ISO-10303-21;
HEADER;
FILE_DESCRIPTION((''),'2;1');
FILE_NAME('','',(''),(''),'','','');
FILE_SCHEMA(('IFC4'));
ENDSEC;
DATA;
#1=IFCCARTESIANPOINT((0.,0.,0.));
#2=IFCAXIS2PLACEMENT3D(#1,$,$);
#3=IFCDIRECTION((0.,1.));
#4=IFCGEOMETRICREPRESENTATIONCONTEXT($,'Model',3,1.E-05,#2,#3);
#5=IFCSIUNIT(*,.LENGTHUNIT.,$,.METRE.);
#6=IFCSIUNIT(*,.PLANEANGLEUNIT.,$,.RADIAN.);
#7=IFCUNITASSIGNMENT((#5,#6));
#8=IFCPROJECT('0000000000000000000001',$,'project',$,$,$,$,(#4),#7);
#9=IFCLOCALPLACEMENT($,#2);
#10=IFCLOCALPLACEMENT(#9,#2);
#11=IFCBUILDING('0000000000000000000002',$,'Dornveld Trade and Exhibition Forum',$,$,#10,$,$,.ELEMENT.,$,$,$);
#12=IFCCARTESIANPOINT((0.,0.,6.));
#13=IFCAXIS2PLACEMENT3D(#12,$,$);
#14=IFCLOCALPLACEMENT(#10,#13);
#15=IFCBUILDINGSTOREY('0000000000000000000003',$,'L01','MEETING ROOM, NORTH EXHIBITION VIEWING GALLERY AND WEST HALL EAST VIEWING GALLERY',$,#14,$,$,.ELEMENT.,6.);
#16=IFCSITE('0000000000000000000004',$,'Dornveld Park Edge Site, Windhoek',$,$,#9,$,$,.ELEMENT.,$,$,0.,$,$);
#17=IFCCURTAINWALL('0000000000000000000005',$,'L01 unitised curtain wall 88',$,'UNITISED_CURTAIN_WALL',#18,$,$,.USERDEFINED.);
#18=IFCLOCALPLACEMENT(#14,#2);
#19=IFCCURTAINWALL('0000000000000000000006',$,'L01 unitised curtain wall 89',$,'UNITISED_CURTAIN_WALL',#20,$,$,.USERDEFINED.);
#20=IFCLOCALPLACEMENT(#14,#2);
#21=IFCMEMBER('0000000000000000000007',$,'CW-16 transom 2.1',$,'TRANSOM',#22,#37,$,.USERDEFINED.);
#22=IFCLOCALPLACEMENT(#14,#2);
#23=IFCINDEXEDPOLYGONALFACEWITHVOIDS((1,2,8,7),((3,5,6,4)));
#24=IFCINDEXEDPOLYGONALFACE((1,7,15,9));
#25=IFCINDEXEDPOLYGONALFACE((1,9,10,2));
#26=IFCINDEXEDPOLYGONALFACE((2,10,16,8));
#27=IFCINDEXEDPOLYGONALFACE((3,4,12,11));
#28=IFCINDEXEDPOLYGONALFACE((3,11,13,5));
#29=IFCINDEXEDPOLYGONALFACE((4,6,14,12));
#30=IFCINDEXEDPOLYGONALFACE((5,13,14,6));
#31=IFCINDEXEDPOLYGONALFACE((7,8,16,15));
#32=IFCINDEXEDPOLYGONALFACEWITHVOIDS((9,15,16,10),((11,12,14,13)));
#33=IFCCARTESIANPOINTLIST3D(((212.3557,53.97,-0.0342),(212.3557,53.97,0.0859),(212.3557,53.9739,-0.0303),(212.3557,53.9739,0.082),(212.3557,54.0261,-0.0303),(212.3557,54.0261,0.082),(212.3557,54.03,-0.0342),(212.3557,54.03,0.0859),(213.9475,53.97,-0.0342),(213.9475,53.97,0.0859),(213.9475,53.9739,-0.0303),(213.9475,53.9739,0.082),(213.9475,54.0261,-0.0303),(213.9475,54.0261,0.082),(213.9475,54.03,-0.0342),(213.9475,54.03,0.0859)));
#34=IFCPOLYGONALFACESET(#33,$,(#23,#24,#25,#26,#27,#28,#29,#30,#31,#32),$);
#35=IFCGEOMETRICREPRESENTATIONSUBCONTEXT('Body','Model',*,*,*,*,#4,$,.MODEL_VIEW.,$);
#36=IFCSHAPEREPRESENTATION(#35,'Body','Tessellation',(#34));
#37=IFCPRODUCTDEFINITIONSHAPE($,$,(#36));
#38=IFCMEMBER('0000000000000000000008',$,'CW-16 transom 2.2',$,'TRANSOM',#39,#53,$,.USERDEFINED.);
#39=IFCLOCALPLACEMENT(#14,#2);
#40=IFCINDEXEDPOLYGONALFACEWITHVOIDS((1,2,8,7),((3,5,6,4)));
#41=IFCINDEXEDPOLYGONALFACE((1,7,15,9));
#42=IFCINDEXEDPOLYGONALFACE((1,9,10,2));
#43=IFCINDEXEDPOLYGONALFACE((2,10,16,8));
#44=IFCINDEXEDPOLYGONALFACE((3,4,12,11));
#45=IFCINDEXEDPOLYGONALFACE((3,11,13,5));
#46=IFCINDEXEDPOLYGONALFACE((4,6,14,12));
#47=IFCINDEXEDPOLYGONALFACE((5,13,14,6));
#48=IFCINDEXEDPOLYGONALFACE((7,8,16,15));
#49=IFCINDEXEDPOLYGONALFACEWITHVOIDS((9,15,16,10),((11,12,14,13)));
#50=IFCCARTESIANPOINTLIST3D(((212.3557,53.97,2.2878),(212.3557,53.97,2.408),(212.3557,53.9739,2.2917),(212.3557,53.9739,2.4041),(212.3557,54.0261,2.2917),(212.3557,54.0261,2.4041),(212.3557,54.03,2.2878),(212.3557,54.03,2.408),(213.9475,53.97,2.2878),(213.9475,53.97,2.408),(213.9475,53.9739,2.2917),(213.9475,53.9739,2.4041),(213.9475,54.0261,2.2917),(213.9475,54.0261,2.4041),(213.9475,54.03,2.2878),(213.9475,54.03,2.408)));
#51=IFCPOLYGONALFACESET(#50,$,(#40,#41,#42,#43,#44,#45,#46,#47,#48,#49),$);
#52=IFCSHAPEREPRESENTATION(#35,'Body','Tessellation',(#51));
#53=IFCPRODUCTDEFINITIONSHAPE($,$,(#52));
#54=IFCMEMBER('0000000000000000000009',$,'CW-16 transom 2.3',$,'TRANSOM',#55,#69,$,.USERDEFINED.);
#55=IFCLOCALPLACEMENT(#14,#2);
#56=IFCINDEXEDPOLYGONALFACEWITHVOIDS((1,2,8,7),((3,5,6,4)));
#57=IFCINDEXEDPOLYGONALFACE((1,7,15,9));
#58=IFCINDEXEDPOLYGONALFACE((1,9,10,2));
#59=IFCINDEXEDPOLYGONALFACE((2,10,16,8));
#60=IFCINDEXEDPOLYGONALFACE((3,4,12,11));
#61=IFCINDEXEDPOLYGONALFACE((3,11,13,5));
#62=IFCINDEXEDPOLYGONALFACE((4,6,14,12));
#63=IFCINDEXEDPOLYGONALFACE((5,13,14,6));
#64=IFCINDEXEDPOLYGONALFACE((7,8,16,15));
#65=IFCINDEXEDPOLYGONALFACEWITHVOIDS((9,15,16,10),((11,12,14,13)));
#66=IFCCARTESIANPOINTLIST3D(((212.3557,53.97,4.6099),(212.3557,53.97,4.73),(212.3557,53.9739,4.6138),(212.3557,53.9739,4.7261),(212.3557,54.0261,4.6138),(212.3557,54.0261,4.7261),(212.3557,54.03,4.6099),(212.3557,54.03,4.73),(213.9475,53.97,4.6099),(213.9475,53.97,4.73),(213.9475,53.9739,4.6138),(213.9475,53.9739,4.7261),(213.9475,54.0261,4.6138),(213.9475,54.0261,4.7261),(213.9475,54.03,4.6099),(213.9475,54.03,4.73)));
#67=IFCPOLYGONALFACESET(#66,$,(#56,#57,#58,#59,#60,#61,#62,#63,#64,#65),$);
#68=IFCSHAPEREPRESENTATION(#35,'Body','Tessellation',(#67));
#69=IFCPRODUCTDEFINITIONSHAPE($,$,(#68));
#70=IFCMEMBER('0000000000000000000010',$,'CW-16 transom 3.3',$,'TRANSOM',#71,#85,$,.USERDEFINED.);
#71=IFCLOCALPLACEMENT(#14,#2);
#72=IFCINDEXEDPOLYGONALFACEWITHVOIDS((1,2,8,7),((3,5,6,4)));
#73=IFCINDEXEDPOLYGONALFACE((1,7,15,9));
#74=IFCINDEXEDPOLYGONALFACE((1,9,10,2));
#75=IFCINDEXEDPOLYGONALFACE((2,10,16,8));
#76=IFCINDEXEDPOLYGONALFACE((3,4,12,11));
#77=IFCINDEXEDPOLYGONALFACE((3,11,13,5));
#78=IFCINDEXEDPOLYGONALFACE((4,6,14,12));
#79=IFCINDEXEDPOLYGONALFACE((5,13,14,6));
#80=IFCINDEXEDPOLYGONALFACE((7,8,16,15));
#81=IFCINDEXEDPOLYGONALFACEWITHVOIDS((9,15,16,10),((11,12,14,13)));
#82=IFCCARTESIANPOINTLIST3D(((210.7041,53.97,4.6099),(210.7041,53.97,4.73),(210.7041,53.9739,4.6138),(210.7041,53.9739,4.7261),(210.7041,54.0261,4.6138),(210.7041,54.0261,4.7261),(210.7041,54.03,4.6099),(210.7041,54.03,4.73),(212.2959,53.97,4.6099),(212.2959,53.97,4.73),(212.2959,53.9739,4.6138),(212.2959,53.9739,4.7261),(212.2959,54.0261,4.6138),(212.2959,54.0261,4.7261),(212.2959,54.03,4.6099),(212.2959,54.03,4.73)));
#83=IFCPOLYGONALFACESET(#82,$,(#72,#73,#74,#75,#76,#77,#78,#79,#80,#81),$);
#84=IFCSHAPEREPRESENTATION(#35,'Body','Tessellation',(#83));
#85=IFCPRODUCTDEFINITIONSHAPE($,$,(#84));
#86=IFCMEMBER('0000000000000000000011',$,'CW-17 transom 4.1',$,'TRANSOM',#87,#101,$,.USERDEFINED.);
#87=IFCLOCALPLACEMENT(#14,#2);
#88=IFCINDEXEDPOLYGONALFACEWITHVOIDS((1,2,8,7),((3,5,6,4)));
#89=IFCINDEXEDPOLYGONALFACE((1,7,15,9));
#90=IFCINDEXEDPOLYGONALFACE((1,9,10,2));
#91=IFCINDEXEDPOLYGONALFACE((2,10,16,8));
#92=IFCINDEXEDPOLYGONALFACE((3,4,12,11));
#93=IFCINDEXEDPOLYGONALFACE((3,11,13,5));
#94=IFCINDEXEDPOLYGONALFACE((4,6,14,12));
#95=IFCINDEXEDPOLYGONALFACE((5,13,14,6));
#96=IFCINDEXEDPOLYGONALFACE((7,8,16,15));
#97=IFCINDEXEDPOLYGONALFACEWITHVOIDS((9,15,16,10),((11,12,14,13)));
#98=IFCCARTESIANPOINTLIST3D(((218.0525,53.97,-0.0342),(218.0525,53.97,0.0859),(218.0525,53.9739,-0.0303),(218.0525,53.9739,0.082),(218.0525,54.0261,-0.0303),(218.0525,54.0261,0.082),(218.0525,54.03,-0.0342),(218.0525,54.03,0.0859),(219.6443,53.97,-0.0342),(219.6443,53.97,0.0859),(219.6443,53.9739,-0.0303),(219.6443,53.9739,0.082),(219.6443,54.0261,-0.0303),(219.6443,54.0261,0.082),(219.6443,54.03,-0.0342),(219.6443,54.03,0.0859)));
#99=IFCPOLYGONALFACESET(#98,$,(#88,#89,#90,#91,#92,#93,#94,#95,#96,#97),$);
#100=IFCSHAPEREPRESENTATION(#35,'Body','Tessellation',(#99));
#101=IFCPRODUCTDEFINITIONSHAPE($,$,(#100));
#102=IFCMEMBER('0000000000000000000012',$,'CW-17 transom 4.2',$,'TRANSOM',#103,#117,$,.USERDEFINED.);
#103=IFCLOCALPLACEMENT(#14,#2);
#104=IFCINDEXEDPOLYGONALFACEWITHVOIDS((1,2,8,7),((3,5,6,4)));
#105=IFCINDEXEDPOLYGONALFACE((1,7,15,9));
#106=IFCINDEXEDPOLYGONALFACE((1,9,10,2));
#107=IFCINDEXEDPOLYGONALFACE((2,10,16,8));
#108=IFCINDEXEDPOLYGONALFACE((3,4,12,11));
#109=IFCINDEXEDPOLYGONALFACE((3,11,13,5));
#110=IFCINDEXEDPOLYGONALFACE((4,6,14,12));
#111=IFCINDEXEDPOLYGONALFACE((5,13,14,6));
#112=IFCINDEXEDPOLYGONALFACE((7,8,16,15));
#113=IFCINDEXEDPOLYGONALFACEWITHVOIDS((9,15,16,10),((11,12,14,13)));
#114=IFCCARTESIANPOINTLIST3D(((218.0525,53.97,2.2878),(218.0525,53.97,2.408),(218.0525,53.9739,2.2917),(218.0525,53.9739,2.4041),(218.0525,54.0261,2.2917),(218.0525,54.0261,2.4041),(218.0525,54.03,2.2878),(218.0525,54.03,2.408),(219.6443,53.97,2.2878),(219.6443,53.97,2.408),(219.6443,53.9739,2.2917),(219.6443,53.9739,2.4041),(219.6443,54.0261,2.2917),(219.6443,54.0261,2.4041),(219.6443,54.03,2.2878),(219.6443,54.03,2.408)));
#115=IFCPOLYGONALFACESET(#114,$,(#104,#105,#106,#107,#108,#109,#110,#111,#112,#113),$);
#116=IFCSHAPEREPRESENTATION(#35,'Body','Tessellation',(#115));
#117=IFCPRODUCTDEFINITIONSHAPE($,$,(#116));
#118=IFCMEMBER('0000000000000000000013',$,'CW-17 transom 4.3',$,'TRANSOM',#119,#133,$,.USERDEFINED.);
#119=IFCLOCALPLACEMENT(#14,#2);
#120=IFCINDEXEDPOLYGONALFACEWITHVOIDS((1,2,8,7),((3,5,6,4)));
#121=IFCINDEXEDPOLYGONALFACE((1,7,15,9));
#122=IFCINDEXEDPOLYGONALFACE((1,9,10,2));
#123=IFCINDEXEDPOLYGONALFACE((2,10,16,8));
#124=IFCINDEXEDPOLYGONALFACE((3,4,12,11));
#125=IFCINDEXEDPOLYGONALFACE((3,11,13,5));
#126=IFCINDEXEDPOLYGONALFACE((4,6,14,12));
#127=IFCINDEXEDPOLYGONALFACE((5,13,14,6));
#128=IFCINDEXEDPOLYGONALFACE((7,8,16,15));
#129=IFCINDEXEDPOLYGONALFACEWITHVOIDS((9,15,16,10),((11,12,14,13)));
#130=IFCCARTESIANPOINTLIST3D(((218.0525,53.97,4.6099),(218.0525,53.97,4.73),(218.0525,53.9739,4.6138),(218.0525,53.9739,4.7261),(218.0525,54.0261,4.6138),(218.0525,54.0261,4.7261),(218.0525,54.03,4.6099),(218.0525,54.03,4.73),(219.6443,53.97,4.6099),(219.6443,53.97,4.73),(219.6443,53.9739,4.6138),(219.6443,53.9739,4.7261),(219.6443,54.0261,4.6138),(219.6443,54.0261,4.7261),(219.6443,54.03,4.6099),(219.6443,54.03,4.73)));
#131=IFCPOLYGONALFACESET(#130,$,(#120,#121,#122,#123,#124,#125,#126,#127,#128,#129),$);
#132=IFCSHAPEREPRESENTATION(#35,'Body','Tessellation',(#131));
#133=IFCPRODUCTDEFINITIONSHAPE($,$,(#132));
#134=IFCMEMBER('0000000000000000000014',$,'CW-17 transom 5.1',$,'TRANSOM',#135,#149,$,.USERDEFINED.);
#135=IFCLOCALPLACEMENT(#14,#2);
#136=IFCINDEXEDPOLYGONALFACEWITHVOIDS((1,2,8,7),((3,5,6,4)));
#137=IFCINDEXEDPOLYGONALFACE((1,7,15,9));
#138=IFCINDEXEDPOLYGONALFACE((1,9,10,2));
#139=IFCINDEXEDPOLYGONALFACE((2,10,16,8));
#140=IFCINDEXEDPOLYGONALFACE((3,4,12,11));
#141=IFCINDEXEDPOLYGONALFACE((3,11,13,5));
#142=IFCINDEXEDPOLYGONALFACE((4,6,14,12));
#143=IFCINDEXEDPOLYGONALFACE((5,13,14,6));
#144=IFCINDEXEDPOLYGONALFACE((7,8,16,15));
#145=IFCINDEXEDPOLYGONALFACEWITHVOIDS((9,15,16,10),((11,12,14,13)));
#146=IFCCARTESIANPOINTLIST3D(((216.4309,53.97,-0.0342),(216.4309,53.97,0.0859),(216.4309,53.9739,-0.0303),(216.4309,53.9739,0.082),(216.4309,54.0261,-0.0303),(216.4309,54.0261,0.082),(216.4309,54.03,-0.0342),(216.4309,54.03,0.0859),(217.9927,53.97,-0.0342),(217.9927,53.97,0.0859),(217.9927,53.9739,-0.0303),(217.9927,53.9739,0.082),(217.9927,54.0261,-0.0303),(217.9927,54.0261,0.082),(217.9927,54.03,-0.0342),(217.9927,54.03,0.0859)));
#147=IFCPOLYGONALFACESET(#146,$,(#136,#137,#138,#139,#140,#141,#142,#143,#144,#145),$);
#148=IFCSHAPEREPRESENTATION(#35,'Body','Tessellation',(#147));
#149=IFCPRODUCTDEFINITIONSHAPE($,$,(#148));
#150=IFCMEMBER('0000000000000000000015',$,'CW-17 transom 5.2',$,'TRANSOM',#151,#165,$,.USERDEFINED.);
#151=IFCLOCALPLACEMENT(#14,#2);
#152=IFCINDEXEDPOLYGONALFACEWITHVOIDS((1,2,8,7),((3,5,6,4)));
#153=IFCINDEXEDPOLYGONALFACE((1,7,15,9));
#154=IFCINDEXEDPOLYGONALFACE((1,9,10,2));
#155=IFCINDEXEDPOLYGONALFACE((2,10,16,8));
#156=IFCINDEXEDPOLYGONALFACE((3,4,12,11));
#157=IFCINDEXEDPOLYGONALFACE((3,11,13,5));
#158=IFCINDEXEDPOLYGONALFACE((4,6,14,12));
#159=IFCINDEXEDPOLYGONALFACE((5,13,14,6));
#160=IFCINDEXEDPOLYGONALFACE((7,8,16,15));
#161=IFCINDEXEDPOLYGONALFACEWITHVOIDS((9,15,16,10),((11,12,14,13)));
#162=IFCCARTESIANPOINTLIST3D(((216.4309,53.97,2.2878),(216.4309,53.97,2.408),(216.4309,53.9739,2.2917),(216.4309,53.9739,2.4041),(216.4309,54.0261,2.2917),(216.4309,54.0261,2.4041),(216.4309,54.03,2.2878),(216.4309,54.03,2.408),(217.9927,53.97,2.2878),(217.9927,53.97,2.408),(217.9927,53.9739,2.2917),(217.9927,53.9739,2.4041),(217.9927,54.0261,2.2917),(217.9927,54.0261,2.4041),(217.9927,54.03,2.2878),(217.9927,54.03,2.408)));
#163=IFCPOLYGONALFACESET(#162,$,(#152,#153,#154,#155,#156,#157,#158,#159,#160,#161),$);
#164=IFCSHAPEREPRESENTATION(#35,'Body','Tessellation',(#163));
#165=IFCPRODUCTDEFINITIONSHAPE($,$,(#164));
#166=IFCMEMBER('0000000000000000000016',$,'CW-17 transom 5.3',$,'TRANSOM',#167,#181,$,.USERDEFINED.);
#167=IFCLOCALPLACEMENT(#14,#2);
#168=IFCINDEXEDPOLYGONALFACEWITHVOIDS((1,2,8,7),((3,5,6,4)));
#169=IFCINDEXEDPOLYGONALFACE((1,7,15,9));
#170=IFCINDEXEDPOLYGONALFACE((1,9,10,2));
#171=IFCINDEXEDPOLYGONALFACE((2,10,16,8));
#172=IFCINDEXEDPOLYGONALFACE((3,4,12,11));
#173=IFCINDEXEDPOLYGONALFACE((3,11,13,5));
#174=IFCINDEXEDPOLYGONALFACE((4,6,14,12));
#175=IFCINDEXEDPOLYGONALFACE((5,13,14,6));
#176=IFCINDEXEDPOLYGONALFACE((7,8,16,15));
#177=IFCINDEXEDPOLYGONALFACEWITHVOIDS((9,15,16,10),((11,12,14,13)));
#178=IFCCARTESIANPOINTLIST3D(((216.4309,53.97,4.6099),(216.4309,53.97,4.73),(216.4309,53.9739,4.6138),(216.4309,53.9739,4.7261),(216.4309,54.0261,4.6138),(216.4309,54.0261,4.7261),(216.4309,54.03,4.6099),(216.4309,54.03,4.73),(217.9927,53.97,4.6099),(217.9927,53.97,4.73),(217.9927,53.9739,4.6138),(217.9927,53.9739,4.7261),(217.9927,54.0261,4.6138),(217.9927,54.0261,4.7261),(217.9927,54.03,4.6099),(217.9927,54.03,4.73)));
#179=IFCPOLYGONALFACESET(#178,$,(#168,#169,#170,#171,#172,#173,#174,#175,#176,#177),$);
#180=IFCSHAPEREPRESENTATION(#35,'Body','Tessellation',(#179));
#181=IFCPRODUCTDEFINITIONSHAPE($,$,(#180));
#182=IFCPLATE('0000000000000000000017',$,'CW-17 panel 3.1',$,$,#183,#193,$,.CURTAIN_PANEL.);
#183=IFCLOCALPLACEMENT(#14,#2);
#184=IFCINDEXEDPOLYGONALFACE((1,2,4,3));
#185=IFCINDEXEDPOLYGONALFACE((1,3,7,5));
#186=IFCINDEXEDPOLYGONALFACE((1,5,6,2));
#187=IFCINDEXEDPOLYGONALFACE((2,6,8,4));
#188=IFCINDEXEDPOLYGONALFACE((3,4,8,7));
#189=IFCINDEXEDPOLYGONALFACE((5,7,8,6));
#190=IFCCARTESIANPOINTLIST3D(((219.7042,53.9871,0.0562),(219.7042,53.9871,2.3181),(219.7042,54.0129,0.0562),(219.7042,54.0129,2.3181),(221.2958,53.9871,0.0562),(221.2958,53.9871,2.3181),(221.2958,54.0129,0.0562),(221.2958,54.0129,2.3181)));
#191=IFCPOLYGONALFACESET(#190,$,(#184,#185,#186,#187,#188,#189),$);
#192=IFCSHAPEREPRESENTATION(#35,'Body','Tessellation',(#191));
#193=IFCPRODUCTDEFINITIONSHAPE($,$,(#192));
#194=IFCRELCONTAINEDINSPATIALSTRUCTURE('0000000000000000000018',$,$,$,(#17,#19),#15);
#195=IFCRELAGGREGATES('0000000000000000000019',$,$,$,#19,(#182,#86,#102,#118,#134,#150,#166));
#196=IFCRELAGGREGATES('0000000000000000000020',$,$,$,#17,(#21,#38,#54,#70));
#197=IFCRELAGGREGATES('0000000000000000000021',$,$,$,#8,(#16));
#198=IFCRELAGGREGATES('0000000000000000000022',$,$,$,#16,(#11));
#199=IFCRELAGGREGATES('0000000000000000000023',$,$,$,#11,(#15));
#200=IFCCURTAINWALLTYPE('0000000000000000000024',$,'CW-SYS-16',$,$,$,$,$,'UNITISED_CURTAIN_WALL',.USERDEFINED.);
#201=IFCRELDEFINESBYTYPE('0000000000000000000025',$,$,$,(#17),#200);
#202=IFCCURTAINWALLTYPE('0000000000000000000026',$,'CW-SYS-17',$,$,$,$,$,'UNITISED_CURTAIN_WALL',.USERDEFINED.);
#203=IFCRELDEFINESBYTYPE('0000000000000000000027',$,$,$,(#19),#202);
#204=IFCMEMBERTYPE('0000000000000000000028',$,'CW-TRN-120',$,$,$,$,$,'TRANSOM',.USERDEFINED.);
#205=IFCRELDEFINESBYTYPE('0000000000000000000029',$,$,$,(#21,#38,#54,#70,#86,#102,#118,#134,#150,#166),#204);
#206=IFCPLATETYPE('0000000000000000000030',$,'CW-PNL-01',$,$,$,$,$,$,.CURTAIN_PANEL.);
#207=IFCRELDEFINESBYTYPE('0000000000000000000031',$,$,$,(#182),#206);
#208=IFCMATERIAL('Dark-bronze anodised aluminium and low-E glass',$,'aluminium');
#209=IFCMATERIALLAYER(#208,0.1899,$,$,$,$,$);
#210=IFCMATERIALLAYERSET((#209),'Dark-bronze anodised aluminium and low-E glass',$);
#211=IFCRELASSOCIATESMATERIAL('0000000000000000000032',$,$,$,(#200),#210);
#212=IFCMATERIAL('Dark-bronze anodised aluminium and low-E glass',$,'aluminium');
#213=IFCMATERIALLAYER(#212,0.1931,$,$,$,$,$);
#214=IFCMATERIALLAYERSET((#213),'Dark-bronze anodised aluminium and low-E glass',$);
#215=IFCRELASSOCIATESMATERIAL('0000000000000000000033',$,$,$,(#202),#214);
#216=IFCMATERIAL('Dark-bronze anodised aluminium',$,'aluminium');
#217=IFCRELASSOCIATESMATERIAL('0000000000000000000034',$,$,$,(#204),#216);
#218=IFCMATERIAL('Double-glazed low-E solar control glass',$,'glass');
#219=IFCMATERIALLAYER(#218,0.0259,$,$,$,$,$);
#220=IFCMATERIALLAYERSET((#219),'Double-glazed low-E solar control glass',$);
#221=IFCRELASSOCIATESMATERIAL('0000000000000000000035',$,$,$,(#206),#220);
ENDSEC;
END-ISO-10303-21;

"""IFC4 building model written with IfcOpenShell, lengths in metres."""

from ifc_helpers import new_model, si_unit, direction, frame, origin, origin_2d, place, context, subcontext, project, spatial, rectangle, hollow_rectangle, extrude, material, layer, layer_set, material_profile, profile_set, type_object, element, aggregate, save


model = new_model("IFC4")

# Units and contexts
model_context = context("Model", 3, precision=1e-05, world=origin(), true_north=direction((0.0, 1.0)))
body_context = subcontext(model_context, "Body", "Model", "MODEL_VIEW")
ifc_project = project(units=[si_unit("LENGTHUNIT", "METRE"), si_unit("PLANEANGLEUNIT", "RADIAN")], contexts=[model_context])

# Site, building, storey
site_placement = place(None, origin())
site = spatial("IfcSite", under=ifc_project, at=site_placement, Name="Dornveld Park Edge Site, Windhoek", CompositionType="ELEMENT", RefElevation=0.0)
building_placement = place(site_placement, origin())
building = spatial("IfcBuilding", under=site, at=building_placement, Name="Dornveld Trade and Exhibition Forum", CompositionType="ELEMENT")
storey_placement = place(building_placement, frame((0.0, 0.0, 6.0)))
storey = spatial("IfcBuildingStorey", under=building, at=storey_placement, Name="L01", Description="MEETING ROOM, NORTH EXHIBITION VIEWING GALLERY AND WEST HALL EAST VIEWING GALLERY", CompositionType="ELEMENT", Elevation=6.0)

# Curtain walls
ifc_material_1 = material(Name="Dark-bronze anodised aluminium and low-E glass", Category="aluminium")
ifc_layer_1 = layer(ifc_material_1, 0.1899)
ifc_layer_set_1 = layer_set([ifc_layer_1], Name="Dark-bronze anodised aluminium and low-E glass")
curtain_wall_type_1 = type_object("IfcCurtainWallType", Name="CW-SYS-16", ElementType="UNITISED_CURTAIN_WALL", PredefinedType="USERDEFINED", material=ifc_layer_set_1)
curtain_wall_1_placement = place(storey_placement, origin())
curtain_wall_1 = element("IfcCurtainWall", 1, at=curtain_wall_1_placement, inside=storey, type_object=curtain_wall_type_1, Name="L01 unitised curtain wall 88", ObjectType="UNITISED_CURTAIN_WALL", PredefinedType="USERDEFINED")
ifc_material_2 = material(Name="Dark-bronze anodised aluminium and low-E glass", Category="aluminium")
ifc_layer_2 = layer(ifc_material_2, 0.1931)
ifc_layer_set_2 = layer_set([ifc_layer_2], Name="Dark-bronze anodised aluminium and low-E glass")
curtain_wall_type_2 = type_object("IfcCurtainWallType", Name="CW-SYS-17", ElementType="UNITISED_CURTAIN_WALL", PredefinedType="USERDEFINED", material=ifc_layer_set_2)
curtain_wall_2_placement = place(storey_placement, origin())
curtain_wall_2 = element("IfcCurtainWall", 2, at=curtain_wall_2_placement, inside=storey, type_object=curtain_wall_type_2, Name="L01 unitised curtain wall 89", ObjectType="UNITISED_CURTAIN_WALL", PredefinedType="USERDEFINED")

# Members
ifc_material_3 = material(Name="Dark-bronze anodised aluminium", Category="aluminium")
ifc_material_profile_1 = material_profile(ifc_material_3, hollow_rectangle(XDim=0.0601, YDim=0.1201, WallThickness=0.0039, at=origin_2d()), Name="RHS 120x60x4")
ifc_profile_set_1 = profile_set([ifc_material_profile_1], Name="Dark-bronze anodised aluminium")
member_type_1 = type_object("IfcMemberType", Name="CW-TRN-120", ElementType="TRANSOM", PredefinedType="USERDEFINED", material=ifc_profile_set_1)
member_1_placement = place(storey_placement, frame((213.9475, 54.0, 0.0259), z_axis=(-1.0, 0.0, 0.0), x_axis=(0.0, -1.0, 0.0)))
member_1 = element("IfcMember", 3, at=member_1_placement, type_object=member_type_1, Name="CW-16 transom 2.1", ObjectType="TRANSOM", PredefinedType="USERDEFINED", context=body_context, shape_type="SweptSolid", body=[
    extrude(hollow_rectangle(XDim=0.0601, YDim=0.1201, WallThickness=0.0039, at=origin_2d()), origin(), (0.0, 0.0, 1.0), 1.5918),
])
member_2_placement = place(storey_placement, frame((213.9475, 54.0, 2.3479), z_axis=(-1.0, 0.0, 0.0), x_axis=(0.0, -1.0, 0.0)))
member_2 = element("IfcMember", 4, at=member_2_placement, type_object=member_type_1, Name="CW-16 transom 2.2", ObjectType="TRANSOM", PredefinedType="USERDEFINED", context=body_context, shape_type="SweptSolid", body=[
    extrude(hollow_rectangle(XDim=0.0601, YDim=0.1201, WallThickness=0.0039, at=origin_2d()), origin(), (0.0, 0.0, 1.0), 1.5918),
])
member_3_placement = place(storey_placement, frame((213.9475, 54.0, 4.6699), z_axis=(-1.0, 0.0, 0.0), x_axis=(0.0, -1.0, 0.0)))
member_3 = element("IfcMember", 5, at=member_3_placement, type_object=member_type_1, Name="CW-16 transom 2.3", ObjectType="TRANSOM", PredefinedType="USERDEFINED", context=body_context, shape_type="SweptSolid", body=[
    extrude(hollow_rectangle(XDim=0.0601, YDim=0.1201, WallThickness=0.0039, at=origin_2d()), origin(), (0.0, 0.0, 1.0), 1.5918),
])
member_4_placement = place(storey_placement, frame((212.2959, 54.0, 4.6699), z_axis=(-1.0, 0.0, 0.0), x_axis=(0.0, -1.0, 0.0)))
member_4 = element("IfcMember", 6, at=member_4_placement, type_object=member_type_1, Name="CW-16 transom 3.3", ObjectType="TRANSOM", PredefinedType="USERDEFINED", context=body_context, shape_type="SweptSolid", body=[
    extrude(hollow_rectangle(XDim=0.0601, YDim=0.1201, WallThickness=0.0039, at=origin_2d()), origin(), (0.0, 0.0, 1.0), 1.5918),
])
member_5_placement = place(storey_placement, frame((219.6443, 54.0, 0.0259), z_axis=(-1.0, 0.0, 0.0), x_axis=(0.0, -1.0, 0.0)))
member_5 = element("IfcMember", 7, at=member_5_placement, type_object=member_type_1, Name="CW-17 transom 4.1", ObjectType="TRANSOM", PredefinedType="USERDEFINED", context=body_context, shape_type="SweptSolid", body=[
    extrude(hollow_rectangle(XDim=0.0601, YDim=0.1201, WallThickness=0.0039, at=origin_2d()), origin(), (0.0, 0.0, 1.0), 1.5918),
])
member_6_placement = place(storey_placement, frame((219.6443, 54.0, 2.3479), z_axis=(-1.0, 0.0, 0.0), x_axis=(0.0, -1.0, 0.0)))
member_6 = element("IfcMember", 8, at=member_6_placement, type_object=member_type_1, Name="CW-17 transom 4.2", ObjectType="TRANSOM", PredefinedType="USERDEFINED", context=body_context, shape_type="SweptSolid", body=[
    extrude(hollow_rectangle(XDim=0.0601, YDim=0.1201, WallThickness=0.0039, at=origin_2d()), origin(), (0.0, 0.0, 1.0), 1.5918),
])
member_7_placement = place(storey_placement, frame((219.6443, 54.0, 4.6699), z_axis=(-1.0, 0.0, 0.0), x_axis=(0.0, -1.0, 0.0)))
member_7 = element("IfcMember", 9, at=member_7_placement, type_object=member_type_1, Name="CW-17 transom 4.3", ObjectType="TRANSOM", PredefinedType="USERDEFINED", context=body_context, shape_type="SweptSolid", body=[
    extrude(hollow_rectangle(XDim=0.0601, YDim=0.1201, WallThickness=0.0039, at=origin_2d()), origin(), (0.0, 0.0, 1.0), 1.5918),
])
member_8_placement = place(storey_placement, frame((217.9927, 54.0, 0.0259), z_axis=(-1.0, 0.0, 0.0), x_axis=(0.0, -1.0, 0.0)))
member_8 = element("IfcMember", 10, at=member_8_placement, type_object=member_type_1, Name="CW-17 transom 5.1", ObjectType="TRANSOM", PredefinedType="USERDEFINED", context=body_context, shape_type="SweptSolid", body=[
    extrude(hollow_rectangle(XDim=0.0601, YDim=0.1201, WallThickness=0.0039, at=origin_2d()), origin(), (0.0, 0.0, 1.0), 1.5618),
])
member_9_placement = place(storey_placement, frame((217.9927, 54.0, 2.3479), z_axis=(-1.0, 0.0, 0.0), x_axis=(0.0, -1.0, 0.0)))
member_9 = element("IfcMember", 11, at=member_9_placement, type_object=member_type_1, Name="CW-17 transom 5.2", ObjectType="TRANSOM", PredefinedType="USERDEFINED", context=body_context, shape_type="SweptSolid", body=[
    extrude(hollow_rectangle(XDim=0.0601, YDim=0.1201, WallThickness=0.0039, at=origin_2d()), origin(), (0.0, 0.0, 1.0), 1.5618),
])
member_10_placement = place(storey_placement, frame((217.9927, 54.0, 4.6699), z_axis=(-1.0, 0.0, 0.0), x_axis=(0.0, -1.0, 0.0)))
member_10 = element("IfcMember", 12, at=member_10_placement, type_object=member_type_1, Name="CW-17 transom 5.3", ObjectType="TRANSOM", PredefinedType="USERDEFINED", context=body_context, shape_type="SweptSolid", body=[
    extrude(hollow_rectangle(XDim=0.0601, YDim=0.1201, WallThickness=0.0039, at=origin_2d()), origin(), (0.0, 0.0, 1.0), 1.5618),
])

# Plate
ifc_material_4 = material(Name="Double-glazed low-E solar control glass", Category="glass")
ifc_layer_3 = layer(ifc_material_4, 0.0259)
ifc_layer_set_3 = layer_set([ifc_layer_3], Name="Double-glazed low-E solar control glass")
plate_type_1 = type_object("IfcPlateType", Name="CW-PNL-01", PredefinedType="CURTAIN_PANEL", material=ifc_layer_set_3)
plate_1_placement = place(storey_placement, frame((220.5, 54.0, 0.0562), z_axis=(0.0, 0.0, 1.0), x_axis=(-1.0, 0.0, 0.0)))
plate_1 = element("IfcPlate", 13, at=plate_1_placement, type_object=plate_type_1, Name="CW-17 panel 3.1", PredefinedType="CURTAIN_PANEL", context=body_context, shape_type="SweptSolid", body=[
    extrude(rectangle(XDim=1.5916, YDim=0.0259, at=origin_2d()), origin(), (0.0, 0.0, 1.0), 2.262),
])
aggregate(curtain_wall_2, [plate_1, member_5, member_6, member_7, member_8, member_9, member_10])
aggregate(curtain_wall_1, [member_1, member_2, member_3, member_4])

save(model, "model.ifc")
